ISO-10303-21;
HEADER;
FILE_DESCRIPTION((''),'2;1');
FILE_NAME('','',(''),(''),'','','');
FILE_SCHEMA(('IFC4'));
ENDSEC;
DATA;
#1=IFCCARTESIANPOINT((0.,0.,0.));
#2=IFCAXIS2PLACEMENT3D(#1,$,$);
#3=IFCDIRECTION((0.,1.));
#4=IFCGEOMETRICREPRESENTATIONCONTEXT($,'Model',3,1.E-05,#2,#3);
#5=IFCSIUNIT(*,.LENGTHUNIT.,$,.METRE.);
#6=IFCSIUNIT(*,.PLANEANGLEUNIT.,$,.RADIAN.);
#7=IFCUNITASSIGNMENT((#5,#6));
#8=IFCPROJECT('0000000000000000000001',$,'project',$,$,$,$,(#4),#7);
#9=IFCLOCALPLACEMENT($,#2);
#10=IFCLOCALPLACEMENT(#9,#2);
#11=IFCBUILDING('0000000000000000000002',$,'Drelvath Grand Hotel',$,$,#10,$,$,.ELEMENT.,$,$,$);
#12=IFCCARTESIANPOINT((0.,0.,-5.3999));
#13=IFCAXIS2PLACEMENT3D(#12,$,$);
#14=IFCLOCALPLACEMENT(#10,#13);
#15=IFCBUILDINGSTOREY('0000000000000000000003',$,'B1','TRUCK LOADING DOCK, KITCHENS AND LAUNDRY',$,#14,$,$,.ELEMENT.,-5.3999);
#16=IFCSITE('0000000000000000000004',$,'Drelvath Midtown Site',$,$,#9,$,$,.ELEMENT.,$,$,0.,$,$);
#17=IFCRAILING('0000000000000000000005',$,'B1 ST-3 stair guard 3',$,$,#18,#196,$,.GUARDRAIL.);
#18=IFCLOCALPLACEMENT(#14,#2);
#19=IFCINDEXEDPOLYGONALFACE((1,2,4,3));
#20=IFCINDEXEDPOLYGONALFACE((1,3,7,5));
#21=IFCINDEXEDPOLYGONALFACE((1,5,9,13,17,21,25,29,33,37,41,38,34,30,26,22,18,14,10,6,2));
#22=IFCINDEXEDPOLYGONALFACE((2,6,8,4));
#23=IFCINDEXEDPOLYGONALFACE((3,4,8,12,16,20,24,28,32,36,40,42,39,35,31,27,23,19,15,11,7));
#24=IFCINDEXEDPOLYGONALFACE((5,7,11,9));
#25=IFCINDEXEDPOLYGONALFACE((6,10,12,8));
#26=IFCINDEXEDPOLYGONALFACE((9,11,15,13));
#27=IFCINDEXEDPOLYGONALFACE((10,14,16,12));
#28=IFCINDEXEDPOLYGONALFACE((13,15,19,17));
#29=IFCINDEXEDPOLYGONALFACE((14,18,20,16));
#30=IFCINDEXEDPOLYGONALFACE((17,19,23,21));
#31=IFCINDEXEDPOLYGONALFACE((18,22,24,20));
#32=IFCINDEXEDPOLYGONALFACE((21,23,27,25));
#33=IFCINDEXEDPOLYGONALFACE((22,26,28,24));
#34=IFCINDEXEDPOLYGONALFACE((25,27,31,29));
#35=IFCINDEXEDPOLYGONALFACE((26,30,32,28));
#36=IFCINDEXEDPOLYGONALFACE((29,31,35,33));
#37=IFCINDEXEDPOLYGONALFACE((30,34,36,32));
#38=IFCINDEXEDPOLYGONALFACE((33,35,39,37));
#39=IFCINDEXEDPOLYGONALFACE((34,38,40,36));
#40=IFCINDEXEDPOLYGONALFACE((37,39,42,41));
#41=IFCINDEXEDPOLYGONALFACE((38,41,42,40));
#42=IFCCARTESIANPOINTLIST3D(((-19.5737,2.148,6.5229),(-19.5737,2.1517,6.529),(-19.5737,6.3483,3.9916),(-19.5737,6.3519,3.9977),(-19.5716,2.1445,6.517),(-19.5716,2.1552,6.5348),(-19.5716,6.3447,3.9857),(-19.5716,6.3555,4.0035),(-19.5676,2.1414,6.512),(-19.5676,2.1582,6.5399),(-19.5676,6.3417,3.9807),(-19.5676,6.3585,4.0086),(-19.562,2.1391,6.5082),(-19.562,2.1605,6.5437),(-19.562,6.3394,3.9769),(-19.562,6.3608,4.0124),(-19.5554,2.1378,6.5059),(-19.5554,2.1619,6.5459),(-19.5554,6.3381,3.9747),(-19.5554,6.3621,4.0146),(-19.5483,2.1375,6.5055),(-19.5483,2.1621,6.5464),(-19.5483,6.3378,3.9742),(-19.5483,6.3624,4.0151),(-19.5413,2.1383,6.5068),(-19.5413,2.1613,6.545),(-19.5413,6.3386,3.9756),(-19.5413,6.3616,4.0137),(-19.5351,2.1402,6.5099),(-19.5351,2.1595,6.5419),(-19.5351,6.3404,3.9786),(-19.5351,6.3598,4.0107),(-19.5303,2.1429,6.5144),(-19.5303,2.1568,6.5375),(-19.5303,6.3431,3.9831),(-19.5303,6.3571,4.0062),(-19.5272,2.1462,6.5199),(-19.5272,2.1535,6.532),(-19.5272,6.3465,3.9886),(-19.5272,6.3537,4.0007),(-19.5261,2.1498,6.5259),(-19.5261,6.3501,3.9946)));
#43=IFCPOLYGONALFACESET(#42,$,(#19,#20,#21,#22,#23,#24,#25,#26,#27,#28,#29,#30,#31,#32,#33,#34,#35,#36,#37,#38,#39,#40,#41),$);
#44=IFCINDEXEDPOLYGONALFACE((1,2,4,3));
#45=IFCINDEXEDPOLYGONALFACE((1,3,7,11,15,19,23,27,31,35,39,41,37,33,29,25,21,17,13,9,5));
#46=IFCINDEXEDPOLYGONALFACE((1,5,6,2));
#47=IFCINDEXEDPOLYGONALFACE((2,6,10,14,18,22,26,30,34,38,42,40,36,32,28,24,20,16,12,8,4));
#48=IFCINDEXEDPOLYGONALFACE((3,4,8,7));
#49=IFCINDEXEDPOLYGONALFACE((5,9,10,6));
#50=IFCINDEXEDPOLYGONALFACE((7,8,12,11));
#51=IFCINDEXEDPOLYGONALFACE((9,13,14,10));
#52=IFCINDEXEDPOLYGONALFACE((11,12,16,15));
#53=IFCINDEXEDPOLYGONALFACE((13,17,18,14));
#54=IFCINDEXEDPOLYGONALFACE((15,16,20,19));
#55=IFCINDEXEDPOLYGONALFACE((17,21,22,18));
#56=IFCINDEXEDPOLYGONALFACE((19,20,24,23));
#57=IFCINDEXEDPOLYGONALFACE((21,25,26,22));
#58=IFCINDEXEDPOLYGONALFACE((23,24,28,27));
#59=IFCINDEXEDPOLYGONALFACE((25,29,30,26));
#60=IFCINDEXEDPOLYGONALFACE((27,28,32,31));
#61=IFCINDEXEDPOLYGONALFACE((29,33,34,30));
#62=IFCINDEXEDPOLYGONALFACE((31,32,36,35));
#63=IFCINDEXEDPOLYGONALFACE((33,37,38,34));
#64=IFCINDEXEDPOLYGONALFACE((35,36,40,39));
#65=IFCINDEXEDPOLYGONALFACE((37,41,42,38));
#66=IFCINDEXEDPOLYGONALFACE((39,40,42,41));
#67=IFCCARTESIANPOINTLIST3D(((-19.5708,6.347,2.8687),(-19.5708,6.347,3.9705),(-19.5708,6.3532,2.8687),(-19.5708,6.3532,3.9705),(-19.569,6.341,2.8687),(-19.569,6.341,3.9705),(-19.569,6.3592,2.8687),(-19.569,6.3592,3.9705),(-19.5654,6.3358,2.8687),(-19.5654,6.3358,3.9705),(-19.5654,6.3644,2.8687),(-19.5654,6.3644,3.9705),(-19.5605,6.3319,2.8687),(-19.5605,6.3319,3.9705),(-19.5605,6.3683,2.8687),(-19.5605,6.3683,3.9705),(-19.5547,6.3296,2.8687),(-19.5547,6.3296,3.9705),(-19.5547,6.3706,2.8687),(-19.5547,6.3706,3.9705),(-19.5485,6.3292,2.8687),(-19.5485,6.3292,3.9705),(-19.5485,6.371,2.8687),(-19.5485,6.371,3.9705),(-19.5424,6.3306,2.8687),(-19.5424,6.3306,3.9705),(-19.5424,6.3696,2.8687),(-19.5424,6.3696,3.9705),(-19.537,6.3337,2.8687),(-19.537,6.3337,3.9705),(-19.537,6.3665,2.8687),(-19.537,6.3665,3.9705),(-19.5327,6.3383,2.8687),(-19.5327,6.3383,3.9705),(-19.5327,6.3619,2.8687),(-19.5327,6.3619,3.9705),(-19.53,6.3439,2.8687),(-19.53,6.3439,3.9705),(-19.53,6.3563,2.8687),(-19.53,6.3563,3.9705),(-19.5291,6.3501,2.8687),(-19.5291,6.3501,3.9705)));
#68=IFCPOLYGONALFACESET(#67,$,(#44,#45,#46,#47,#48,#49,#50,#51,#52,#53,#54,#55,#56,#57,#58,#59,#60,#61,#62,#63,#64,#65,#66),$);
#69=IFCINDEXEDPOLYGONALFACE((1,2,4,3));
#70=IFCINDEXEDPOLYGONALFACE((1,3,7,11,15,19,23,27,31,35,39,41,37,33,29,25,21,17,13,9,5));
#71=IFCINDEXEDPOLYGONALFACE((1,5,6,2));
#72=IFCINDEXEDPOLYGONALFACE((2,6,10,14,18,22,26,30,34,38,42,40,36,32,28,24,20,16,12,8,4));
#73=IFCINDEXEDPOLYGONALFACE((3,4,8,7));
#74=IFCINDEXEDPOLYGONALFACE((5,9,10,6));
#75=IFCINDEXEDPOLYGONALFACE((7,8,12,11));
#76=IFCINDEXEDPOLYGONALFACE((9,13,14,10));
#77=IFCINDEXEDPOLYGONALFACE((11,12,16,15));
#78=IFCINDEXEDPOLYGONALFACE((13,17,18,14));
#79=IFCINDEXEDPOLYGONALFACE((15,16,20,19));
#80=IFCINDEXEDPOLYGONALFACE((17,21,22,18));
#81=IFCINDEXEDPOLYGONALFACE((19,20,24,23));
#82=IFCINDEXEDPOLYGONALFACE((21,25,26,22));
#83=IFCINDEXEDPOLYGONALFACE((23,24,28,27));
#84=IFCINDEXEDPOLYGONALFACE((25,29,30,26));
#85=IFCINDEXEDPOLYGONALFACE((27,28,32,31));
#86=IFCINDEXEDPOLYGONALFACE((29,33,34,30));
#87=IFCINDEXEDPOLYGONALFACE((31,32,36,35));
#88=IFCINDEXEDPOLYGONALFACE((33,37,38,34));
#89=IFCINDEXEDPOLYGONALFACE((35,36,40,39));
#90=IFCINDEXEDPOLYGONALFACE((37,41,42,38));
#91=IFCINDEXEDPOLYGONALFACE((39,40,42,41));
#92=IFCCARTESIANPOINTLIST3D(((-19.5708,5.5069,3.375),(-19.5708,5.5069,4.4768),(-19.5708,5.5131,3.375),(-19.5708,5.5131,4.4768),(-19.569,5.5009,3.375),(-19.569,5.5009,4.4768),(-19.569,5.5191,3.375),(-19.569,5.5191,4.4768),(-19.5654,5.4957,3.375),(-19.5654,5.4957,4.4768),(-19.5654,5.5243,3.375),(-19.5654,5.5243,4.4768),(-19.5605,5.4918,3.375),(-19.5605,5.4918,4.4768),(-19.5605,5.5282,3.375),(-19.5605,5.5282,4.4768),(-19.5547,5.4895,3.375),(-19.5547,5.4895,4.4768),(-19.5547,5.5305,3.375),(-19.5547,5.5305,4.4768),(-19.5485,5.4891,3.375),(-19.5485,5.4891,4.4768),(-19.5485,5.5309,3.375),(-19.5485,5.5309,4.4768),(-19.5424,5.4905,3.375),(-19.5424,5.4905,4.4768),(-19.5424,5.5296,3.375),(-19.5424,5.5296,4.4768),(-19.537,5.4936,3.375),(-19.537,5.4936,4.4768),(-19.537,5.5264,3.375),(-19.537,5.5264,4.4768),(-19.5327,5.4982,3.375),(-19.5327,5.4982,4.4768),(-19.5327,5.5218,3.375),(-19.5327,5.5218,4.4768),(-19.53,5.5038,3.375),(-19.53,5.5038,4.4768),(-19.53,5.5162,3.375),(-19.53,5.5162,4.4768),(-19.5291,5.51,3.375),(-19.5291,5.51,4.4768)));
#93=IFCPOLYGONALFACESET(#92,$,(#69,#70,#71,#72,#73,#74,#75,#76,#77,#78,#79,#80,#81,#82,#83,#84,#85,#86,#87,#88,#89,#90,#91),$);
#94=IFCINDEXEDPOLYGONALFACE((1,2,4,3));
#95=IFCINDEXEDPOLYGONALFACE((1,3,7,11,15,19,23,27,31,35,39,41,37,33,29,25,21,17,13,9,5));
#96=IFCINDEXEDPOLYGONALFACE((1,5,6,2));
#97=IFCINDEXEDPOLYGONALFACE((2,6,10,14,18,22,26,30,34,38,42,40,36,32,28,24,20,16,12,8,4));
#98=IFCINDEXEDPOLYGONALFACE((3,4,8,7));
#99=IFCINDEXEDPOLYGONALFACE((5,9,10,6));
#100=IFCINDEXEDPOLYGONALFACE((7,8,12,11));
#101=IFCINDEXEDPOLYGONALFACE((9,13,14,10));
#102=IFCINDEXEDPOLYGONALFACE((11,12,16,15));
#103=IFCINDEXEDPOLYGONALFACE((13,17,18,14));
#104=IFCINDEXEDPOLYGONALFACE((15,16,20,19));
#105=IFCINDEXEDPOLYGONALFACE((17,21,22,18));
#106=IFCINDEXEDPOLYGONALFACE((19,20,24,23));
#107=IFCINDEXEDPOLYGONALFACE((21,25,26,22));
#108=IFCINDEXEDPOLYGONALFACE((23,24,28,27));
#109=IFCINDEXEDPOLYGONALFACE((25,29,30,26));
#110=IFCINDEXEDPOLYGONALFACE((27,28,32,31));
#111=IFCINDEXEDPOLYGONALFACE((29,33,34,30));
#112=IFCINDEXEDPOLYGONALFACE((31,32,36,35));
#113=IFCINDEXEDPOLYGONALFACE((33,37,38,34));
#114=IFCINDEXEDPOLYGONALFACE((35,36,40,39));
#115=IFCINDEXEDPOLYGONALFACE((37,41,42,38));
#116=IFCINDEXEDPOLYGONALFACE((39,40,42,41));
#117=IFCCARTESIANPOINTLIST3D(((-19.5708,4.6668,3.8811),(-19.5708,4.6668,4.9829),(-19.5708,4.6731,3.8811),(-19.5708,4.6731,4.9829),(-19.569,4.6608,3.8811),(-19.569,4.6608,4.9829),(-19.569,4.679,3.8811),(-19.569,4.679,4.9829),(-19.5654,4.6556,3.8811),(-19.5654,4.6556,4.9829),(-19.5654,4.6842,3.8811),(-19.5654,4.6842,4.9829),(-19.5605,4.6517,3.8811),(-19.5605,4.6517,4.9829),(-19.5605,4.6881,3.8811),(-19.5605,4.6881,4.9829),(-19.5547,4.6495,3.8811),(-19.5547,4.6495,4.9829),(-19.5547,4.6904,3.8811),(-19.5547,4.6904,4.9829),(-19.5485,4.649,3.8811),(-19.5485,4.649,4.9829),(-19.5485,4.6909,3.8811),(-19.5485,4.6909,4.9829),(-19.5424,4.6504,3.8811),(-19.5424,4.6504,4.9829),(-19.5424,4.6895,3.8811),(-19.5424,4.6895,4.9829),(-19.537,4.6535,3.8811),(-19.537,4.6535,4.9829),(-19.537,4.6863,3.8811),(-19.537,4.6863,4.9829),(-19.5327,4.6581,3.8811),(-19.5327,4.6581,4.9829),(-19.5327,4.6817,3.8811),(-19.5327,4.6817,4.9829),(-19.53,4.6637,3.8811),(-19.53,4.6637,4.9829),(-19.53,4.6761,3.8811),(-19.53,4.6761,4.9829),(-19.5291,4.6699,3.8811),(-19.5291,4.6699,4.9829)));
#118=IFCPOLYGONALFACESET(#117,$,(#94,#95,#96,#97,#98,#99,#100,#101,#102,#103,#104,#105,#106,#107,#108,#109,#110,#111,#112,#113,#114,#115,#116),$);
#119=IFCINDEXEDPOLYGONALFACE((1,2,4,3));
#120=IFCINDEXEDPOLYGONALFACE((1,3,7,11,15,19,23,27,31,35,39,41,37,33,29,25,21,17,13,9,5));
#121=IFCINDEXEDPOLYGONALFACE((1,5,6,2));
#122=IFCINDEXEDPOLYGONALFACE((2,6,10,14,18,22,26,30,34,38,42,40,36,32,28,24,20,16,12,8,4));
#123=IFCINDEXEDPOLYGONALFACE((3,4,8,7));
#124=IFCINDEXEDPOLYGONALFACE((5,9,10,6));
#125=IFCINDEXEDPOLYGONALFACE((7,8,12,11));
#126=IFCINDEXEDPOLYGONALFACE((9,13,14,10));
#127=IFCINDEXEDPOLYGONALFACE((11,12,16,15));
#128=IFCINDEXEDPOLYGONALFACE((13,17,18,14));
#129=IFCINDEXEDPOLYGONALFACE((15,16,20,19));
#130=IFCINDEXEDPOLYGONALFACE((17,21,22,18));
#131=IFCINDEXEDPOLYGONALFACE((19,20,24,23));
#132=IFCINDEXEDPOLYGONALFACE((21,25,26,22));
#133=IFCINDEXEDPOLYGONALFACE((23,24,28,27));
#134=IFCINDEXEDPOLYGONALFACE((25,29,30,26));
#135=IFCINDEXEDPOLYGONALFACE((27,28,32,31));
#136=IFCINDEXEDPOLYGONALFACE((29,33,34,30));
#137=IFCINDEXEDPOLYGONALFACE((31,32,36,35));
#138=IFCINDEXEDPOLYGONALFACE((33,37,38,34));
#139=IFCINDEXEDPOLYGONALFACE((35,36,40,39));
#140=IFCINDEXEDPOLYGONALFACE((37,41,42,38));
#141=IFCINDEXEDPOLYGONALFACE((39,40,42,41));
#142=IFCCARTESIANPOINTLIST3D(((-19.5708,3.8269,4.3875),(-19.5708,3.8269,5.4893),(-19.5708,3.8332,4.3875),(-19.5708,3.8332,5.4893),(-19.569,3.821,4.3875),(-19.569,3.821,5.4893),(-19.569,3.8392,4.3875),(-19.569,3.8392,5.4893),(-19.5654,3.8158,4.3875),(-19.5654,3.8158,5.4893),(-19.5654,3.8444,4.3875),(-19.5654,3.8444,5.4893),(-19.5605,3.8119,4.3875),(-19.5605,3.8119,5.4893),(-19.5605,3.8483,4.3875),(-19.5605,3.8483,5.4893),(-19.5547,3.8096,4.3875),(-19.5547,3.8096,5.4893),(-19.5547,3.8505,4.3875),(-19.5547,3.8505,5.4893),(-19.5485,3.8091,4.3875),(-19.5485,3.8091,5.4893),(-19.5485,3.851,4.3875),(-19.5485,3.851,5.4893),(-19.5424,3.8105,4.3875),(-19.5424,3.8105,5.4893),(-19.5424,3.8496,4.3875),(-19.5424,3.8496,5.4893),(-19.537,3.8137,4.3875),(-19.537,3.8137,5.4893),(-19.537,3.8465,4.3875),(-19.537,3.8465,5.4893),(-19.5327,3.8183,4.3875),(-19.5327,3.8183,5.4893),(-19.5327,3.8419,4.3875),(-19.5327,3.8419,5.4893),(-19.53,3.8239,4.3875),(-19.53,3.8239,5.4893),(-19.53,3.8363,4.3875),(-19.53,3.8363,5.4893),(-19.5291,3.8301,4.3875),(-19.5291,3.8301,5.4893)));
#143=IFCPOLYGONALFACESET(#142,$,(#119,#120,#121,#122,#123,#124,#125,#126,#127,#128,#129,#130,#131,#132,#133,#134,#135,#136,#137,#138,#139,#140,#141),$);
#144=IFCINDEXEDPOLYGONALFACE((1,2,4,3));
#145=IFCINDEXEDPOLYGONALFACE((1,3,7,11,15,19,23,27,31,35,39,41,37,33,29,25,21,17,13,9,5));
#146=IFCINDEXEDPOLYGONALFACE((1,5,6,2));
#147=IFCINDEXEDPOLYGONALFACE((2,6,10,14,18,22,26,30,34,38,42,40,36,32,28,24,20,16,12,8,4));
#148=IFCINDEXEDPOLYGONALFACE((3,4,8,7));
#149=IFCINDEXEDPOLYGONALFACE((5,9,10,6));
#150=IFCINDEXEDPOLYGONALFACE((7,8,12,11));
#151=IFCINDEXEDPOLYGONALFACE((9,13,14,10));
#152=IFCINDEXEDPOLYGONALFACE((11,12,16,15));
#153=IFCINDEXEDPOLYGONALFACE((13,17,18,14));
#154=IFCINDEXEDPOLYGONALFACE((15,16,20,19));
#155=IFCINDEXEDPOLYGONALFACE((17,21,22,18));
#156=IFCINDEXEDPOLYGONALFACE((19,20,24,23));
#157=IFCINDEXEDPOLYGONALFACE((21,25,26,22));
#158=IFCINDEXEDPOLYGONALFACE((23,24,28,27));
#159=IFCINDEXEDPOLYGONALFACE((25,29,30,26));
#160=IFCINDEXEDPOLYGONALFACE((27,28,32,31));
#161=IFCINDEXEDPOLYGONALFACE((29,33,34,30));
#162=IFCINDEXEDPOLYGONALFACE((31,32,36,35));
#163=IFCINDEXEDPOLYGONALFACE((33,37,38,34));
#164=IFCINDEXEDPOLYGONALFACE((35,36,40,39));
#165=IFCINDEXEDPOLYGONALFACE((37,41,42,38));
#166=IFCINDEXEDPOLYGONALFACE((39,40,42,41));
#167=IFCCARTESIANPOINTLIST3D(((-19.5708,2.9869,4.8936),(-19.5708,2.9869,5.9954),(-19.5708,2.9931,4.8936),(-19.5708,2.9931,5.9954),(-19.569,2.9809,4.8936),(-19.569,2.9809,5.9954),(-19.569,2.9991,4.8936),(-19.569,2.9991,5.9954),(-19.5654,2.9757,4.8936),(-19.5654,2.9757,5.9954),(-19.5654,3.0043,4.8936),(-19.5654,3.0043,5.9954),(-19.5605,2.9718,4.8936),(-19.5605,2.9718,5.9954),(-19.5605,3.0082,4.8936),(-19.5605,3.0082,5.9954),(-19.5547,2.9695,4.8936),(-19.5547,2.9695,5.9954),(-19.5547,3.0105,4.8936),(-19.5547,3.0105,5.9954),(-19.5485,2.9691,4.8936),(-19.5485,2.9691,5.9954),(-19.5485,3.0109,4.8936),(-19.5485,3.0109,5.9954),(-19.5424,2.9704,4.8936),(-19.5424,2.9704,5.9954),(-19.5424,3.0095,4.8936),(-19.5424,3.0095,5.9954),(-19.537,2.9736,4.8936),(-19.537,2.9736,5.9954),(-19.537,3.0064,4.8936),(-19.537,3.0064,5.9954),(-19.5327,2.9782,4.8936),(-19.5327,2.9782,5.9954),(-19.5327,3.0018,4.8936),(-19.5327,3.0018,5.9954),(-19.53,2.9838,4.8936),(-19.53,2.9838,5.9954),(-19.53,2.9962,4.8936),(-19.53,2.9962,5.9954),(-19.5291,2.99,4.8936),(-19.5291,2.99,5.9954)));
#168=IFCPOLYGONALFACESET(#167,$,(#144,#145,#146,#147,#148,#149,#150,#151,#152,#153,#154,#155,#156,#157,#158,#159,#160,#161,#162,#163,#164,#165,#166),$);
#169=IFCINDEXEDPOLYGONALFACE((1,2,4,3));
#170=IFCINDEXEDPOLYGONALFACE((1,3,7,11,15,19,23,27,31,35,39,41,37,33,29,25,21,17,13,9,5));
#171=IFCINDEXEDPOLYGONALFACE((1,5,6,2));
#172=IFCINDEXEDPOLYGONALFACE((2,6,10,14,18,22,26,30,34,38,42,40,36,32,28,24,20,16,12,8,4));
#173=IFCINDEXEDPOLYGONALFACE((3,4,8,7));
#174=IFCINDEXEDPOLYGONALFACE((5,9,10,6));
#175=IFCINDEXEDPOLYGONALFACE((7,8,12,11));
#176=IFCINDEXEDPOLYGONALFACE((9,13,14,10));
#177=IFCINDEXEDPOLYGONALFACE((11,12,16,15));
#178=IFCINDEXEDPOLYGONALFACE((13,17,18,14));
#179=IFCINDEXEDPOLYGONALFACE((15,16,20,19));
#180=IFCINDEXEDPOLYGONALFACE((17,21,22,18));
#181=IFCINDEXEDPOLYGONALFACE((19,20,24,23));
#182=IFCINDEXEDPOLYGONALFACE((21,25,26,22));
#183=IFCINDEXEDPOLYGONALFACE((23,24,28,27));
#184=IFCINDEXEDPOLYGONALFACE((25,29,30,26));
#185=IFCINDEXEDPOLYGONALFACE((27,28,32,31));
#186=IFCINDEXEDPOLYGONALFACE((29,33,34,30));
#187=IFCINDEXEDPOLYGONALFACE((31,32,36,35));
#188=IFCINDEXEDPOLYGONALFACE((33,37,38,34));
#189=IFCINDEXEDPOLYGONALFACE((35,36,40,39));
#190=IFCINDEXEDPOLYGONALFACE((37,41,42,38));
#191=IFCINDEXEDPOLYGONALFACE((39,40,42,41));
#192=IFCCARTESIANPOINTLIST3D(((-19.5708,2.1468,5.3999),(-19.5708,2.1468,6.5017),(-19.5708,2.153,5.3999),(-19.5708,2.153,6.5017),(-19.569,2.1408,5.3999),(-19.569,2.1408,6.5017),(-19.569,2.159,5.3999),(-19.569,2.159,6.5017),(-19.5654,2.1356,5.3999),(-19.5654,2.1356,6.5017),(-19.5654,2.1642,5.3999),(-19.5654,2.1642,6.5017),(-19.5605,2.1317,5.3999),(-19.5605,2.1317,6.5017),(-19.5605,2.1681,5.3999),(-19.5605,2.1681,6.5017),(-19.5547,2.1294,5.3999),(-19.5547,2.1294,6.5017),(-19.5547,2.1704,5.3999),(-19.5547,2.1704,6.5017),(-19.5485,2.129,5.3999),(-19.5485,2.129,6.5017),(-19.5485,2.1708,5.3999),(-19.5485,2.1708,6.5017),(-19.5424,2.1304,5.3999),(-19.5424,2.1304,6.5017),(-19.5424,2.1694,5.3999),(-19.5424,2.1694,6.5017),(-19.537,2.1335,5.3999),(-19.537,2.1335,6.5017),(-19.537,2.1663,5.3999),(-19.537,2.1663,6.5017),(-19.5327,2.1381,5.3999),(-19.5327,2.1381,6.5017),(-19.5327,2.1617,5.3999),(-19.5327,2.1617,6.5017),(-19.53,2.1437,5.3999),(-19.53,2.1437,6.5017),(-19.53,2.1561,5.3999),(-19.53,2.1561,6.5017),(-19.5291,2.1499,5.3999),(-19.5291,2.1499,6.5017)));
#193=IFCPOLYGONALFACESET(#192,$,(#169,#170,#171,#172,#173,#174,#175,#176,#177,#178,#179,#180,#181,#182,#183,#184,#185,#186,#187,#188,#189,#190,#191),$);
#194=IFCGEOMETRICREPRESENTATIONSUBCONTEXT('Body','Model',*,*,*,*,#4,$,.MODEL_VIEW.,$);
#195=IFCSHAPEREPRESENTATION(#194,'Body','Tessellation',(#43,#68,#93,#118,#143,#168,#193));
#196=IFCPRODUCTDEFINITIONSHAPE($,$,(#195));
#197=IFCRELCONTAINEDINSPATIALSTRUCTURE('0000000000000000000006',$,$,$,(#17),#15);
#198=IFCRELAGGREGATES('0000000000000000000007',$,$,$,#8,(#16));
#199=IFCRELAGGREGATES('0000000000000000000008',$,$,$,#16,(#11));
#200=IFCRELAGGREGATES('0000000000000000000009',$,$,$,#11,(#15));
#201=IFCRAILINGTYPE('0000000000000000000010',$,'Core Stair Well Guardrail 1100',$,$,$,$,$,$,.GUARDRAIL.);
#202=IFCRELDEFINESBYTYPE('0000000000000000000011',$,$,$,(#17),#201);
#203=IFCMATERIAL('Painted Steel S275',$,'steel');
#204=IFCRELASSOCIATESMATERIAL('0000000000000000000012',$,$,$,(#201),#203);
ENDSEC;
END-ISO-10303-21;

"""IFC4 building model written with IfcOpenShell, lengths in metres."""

from ifc_helpers import new_model, si_unit, direction, frame, origin, origin_2d, place, context, subcontext, project, spatial, circle, extrude, material, type_object, element, save


model = new_model("IFC4")

# Units and contexts
model_context = context("Model", 3, precision=1e-05, world=origin(), true_north=direction((0.0, 1.0)))
body_context = subcontext(model_context, "Body", "Model", "MODEL_VIEW")
ifc_project = project(units=[si_unit("LENGTHUNIT", "METRE"), si_unit("PLANEANGLEUNIT", "RADIAN")], contexts=[model_context])

# Site, building, storey
site_placement = place(None, origin())
site = spatial("IfcSite", under=ifc_project, at=site_placement, Name="Drelvath Midtown Site", CompositionType="ELEMENT", RefElevation=0.0)
building_placement = place(site_placement, origin())
building = spatial("IfcBuilding", under=site, at=building_placement, Name="Drelvath Grand Hotel", CompositionType="ELEMENT")
storey_placement = place(building_placement, frame((0.0, 0.0, -5.3999)))
storey = spatial("IfcBuildingStorey", under=building, at=storey_placement, Name="B1", Description="TRUCK LOADING DOCK, KITCHENS AND LAUNDRY", CompositionType="ELEMENT", Elevation=-5.3999)

# Shared definitions
ifc_material_1 = material(Name="Painted Steel S275", Category="steel")

# Railing
railing_type_1 = type_object("IfcRailingType", Name="Core Stair Well Guardrail 1100", PredefinedType="GUARDRAIL", material=ifc_material_1)
railing_1_placement = place(storey_placement, frame((-19.55, 6.3501, 2.8687)))
element("IfcRailing", 1, at=railing_1_placement, inside=storey, type_object=railing_type_1, Name="B1 ST-3 stair guard 3", PredefinedType="GUARDRAIL", context=body_context, shape_type="SweptSolid", body=[
    extrude(circle(Radius=0.0239, at=origin_2d()), frame((0.0, 0.0, 1.126), z_axis=(0.0, -0.85649, 0.516164), x_axis=(1.0, 0.0, 0.0)), (0.0, 0.0, 1.0), 4.9041),
    extrude(circle(Radius=0.021, at=origin_2d()), origin(), (0.0, 0.0, 1.0), 1.1018),
    extrude(circle(Radius=0.021, at=origin_2d()), frame((0.0, -0.8401, 0.5063)), (0.0, 0.0, 1.0), 1.1018),
    extrude(circle(Radius=0.021, at=origin_2d()), frame((0.0, -1.6802, 1.0125)), (0.0, 0.0, 1.0), 1.1018),
    extrude(circle(Radius=0.021, at=origin_2d()), frame((0.0, -2.52, 1.5188)), (0.0, 0.0, 1.0), 1.1018),
    extrude(circle(Radius=0.021, at=origin_2d()), frame((0.0, -3.3601, 2.0249)), (0.0, 0.0, 1.0), 1.1018),
    extrude(circle(Radius=0.021, at=origin_2d()), frame((0.0, -4.2002, 2.5312)), (0.0, 0.0, 1.0), 1.1018),
])

save(model, "model.ifc")
